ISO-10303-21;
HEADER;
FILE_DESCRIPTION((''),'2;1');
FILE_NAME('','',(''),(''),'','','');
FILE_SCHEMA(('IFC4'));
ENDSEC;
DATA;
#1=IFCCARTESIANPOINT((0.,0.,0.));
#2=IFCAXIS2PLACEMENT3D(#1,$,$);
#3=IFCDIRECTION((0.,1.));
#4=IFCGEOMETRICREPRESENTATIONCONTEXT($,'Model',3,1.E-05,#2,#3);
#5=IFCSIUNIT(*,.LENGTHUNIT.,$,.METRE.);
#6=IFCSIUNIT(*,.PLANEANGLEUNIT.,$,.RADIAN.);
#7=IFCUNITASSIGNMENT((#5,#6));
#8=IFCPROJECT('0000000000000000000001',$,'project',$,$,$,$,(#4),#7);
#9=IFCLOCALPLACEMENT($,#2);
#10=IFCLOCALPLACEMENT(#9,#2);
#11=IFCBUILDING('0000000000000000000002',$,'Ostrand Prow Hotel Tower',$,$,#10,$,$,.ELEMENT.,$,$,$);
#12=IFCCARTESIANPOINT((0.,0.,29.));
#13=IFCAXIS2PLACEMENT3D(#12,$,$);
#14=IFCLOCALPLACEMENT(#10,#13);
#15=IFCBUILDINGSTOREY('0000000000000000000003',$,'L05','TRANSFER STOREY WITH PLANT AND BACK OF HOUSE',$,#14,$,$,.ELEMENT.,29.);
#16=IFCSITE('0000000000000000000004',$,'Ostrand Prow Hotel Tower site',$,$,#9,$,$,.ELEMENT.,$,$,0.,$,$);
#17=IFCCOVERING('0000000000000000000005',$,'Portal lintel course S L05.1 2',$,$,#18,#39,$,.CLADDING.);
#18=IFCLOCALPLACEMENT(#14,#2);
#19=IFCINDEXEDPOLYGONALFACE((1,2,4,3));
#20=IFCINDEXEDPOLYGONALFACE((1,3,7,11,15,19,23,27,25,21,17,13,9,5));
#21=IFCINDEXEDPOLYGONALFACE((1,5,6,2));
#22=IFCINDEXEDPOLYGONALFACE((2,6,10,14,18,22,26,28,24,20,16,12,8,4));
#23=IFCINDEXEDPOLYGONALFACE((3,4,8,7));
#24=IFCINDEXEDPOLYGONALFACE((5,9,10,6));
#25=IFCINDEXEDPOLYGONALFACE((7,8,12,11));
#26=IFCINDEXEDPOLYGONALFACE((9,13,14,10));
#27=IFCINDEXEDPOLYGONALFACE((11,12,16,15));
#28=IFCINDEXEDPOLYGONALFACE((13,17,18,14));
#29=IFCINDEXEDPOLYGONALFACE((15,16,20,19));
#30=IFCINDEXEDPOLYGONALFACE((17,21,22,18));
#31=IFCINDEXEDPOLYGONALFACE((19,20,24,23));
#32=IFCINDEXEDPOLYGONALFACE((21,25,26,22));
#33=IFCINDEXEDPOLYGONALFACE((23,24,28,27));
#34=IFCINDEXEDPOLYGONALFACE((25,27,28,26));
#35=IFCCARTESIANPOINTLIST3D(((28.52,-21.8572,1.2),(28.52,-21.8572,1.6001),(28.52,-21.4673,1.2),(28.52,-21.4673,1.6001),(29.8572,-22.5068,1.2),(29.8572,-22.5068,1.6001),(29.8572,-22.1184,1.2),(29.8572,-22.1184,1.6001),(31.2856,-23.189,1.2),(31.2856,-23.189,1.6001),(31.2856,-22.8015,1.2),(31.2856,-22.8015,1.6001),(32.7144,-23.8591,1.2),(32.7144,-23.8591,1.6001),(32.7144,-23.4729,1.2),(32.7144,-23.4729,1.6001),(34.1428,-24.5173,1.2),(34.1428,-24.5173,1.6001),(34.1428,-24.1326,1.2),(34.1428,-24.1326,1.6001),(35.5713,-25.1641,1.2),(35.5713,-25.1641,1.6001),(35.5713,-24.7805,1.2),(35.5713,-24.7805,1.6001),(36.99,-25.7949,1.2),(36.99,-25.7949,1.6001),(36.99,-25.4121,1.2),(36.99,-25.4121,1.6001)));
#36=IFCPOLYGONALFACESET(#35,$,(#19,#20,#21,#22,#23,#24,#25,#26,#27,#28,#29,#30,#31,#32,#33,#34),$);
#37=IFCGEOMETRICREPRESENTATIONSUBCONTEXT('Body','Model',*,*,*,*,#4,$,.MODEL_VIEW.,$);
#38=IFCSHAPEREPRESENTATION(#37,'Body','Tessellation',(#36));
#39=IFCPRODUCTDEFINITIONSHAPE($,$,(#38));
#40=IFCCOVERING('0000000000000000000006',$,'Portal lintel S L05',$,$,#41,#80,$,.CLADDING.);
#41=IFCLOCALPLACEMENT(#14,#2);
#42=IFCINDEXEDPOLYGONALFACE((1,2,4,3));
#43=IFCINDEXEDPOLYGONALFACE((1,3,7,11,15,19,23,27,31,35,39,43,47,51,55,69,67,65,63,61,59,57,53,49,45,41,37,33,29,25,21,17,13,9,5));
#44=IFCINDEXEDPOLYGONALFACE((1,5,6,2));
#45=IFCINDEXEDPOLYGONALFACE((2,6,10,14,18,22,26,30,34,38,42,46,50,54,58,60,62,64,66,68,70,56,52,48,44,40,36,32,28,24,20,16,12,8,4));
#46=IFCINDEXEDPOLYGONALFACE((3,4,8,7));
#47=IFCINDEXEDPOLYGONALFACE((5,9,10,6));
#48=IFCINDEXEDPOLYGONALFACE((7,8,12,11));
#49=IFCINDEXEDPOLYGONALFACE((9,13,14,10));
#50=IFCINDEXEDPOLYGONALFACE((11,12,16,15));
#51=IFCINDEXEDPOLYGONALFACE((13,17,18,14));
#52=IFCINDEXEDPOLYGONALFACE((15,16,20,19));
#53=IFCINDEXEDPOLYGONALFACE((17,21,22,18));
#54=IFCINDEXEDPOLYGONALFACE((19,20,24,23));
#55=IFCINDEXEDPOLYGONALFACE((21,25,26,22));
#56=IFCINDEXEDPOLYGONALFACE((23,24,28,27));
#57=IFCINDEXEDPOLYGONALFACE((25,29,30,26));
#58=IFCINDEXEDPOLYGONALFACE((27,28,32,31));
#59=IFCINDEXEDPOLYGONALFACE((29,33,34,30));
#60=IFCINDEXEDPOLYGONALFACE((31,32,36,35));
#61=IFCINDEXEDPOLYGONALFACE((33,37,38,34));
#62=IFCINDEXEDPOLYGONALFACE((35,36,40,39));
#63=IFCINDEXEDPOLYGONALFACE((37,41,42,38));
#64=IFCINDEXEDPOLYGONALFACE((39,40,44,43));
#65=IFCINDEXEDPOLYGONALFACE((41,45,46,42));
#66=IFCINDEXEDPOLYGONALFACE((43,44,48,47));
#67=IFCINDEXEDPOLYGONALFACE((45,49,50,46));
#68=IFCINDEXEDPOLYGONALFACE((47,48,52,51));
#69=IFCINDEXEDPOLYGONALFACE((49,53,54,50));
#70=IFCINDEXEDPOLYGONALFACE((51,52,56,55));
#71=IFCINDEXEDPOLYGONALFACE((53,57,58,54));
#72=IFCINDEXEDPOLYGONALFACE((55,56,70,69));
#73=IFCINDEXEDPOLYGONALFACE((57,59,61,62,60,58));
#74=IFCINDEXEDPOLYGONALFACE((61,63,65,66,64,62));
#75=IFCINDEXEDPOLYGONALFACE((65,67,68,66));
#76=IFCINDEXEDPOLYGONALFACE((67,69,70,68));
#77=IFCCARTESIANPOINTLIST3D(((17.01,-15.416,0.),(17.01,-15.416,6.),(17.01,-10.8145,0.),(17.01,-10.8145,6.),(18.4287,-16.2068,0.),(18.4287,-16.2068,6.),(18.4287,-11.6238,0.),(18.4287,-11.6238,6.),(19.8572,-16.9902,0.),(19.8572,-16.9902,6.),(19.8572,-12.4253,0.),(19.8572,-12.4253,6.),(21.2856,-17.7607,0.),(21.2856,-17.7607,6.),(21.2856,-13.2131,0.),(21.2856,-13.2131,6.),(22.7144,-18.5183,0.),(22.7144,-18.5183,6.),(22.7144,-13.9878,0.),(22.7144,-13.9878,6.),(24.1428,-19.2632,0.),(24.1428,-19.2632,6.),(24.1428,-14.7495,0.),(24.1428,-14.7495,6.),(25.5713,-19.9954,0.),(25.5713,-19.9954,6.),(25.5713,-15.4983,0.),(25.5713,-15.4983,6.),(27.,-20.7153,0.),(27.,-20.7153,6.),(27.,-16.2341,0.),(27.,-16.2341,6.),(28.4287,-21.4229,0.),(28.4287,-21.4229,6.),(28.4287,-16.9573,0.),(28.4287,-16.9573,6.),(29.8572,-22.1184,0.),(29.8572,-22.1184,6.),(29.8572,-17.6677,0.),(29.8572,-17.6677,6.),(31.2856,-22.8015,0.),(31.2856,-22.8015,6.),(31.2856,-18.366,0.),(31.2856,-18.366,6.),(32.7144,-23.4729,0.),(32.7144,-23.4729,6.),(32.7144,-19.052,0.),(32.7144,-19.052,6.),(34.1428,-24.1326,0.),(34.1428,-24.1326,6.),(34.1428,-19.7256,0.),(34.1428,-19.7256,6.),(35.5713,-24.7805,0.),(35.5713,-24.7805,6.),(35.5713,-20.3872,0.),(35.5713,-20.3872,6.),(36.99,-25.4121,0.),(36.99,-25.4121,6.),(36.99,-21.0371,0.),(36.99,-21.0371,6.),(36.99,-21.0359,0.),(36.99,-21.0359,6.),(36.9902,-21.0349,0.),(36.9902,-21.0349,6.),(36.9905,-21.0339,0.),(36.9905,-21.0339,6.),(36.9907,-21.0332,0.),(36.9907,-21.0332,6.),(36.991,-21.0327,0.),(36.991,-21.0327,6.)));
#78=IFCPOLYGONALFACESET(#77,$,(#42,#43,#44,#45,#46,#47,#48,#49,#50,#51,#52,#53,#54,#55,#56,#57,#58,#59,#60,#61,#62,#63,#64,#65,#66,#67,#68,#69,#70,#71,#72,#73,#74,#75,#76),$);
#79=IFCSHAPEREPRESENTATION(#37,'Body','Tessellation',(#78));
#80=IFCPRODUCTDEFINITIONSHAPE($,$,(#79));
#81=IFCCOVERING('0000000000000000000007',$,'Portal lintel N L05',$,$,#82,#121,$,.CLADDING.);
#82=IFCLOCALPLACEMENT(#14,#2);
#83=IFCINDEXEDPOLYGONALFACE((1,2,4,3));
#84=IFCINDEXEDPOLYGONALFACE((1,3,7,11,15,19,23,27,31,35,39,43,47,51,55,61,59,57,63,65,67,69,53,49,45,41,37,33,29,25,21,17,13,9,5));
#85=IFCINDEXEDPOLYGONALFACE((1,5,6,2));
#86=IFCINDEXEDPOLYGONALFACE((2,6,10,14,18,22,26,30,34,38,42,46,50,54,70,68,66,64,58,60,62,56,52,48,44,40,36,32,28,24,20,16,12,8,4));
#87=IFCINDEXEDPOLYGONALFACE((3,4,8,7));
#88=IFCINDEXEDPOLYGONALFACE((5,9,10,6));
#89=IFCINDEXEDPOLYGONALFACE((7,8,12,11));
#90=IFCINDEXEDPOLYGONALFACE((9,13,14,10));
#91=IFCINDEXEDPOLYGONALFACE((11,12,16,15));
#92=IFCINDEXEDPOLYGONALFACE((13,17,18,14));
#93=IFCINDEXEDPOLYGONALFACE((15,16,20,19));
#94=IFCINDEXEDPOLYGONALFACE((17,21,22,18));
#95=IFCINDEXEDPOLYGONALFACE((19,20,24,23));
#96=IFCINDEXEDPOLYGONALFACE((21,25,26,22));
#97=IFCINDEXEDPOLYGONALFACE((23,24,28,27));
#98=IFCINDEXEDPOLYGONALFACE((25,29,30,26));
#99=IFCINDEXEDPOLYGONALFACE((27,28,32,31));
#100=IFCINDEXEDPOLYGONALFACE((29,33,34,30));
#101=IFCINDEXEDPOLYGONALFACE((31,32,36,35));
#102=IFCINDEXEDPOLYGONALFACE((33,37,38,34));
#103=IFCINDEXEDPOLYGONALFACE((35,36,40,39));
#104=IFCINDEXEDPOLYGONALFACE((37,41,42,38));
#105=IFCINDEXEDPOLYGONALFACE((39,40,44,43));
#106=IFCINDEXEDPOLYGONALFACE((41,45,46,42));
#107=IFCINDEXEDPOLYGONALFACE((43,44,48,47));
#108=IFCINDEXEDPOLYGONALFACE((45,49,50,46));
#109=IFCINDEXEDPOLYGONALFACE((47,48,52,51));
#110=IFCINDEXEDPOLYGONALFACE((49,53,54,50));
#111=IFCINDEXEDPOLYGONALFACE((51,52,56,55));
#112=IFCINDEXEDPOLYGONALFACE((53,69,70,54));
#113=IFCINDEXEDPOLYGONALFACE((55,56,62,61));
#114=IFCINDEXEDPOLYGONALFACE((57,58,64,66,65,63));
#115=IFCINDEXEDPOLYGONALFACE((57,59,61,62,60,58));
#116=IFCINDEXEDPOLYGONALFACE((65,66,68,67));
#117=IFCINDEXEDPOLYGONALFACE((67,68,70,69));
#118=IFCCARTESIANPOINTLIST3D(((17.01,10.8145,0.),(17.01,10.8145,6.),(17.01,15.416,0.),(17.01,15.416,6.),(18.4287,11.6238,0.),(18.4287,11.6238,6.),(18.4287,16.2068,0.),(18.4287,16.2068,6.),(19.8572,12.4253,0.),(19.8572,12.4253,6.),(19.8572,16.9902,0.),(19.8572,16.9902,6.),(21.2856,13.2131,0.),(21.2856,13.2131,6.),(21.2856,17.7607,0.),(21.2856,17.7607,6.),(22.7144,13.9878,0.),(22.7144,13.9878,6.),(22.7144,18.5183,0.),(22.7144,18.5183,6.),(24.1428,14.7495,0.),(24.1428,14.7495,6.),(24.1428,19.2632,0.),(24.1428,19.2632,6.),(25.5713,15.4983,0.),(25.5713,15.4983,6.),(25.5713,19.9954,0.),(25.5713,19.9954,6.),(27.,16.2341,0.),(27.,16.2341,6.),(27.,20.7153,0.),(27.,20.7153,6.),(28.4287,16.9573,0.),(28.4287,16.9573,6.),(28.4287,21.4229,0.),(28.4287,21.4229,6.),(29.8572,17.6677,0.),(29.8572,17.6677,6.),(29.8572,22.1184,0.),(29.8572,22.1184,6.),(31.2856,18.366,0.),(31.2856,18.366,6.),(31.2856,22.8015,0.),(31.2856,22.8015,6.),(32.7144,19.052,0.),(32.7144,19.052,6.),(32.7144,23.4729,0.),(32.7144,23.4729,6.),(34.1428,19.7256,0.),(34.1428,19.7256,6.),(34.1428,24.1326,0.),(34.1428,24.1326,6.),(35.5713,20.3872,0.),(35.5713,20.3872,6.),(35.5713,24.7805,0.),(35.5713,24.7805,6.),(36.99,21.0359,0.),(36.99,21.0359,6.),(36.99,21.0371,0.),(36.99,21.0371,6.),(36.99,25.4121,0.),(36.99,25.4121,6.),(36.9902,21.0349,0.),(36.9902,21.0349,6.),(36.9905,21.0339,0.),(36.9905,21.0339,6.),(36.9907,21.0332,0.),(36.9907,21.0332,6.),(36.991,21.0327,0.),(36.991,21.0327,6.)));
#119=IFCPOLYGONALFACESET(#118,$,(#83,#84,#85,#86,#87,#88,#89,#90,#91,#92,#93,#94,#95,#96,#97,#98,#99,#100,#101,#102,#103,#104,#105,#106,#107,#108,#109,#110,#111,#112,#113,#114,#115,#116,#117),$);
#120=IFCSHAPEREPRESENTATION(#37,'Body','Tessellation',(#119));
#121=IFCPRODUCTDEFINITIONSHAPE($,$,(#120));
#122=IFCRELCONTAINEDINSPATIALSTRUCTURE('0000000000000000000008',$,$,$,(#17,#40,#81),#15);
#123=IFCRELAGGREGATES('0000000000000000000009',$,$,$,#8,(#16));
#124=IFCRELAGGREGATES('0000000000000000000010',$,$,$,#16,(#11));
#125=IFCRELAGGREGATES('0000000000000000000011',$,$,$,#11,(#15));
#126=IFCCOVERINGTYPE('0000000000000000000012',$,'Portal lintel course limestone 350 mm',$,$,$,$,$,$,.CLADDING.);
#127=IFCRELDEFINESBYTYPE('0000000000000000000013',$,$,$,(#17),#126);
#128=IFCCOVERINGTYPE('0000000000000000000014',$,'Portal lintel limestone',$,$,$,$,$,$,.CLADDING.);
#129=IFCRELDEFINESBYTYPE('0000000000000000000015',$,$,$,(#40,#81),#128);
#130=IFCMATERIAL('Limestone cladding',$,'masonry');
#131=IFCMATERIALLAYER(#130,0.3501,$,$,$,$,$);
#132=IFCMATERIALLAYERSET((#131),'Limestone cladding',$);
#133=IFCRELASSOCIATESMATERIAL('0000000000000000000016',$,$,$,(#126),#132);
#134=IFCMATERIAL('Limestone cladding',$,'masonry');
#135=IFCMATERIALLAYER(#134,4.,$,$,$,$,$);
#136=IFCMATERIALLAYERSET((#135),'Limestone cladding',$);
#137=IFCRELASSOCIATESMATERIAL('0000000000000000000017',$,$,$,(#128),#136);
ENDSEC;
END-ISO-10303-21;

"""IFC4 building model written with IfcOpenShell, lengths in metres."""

from ifc_helpers import new_model, si_unit, direction, frame, origin, place, context, subcontext, project, spatial, polyline, outline, extrude, material, layer, layer_set, type_object, element, save


model = new_model("IFC4")

# Units and contexts
model_context = context("Model", 3, precision=1e-05, world=origin(), true_north=direction((0.0, 1.0)))
body_context = subcontext(model_context, "Body", "Model", "MODEL_VIEW")
ifc_project = project(units=[si_unit("LENGTHUNIT", "METRE"), si_unit("PLANEANGLEUNIT", "RADIAN")], contexts=[model_context])

# Site, building, storey
site_placement = place(None, origin())
site = spatial("IfcSite", under=ifc_project, at=site_placement, Name="Ostrand Prow Hotel Tower site", CompositionType="ELEMENT", RefElevation=0.0)
building_placement = place(site_placement, origin())
building = spatial("IfcBuilding", under=site, at=building_placement, Name="Ostrand Prow Hotel Tower", CompositionType="ELEMENT")
storey_placement = place(building_placement, frame((0.0, 0.0, 29.0)))
storey = spatial("IfcBuildingStorey", under=building, at=storey_placement, Name="L05", Description="TRANSFER STOREY WITH PLANT AND BACK OF HOUSE", CompositionType="ELEMENT", Elevation=29.0)

# Coverings
ifc_material_1 = material(Name="Limestone cladding", Category="masonry")
ifc_layer_1 = layer(ifc_material_1, 0.3501)
ifc_layer_set_1 = layer_set([ifc_layer_1], Name="Limestone cladding")
covering_type_1 = type_object("IfcCoveringType", Name="Portal lintel course limestone 350 mm", PredefinedType="CLADDING", material=ifc_layer_set_1)
covering_1_placement = place(storey_placement, frame((0.0, 0.0, 1.2)))
element("IfcCovering", 1, at=covering_1_placement, inside=storey, type_object=covering_type_1, Name="Portal lintel course S L05.1 2", PredefinedType="CLADDING", context=body_context, shape_type="SweptSolid", body=[
    extrude(outline(polyline([(34.1428, -24.5173), (35.5713, -25.1641), (36.99, -25.7949), (36.99, -25.4121), (35.5713, -24.7805), (34.1428, -24.1326), (32.7144, -23.4729), (31.2856, -22.8015), (29.8572, -22.1184), (28.52, -21.4673), (28.52, -21.8572), (29.8572, -22.5068), (31.2856, -23.189), (32.7144, -23.8591), (34.1428, -24.5173)])), origin(), (0.0, 0.0, 1.0), 0.4001),
])
ifc_material_2 = material(Name="Limestone cladding", Category="masonry")
ifc_layer_2 = layer(ifc_material_2, 4.0)
ifc_layer_set_2 = layer_set([ifc_layer_2], Name="Limestone cladding")
covering_type_2 = type_object("IfcCoveringType", Name="Portal lintel limestone", PredefinedType="CLADDING", material=ifc_layer_set_2)
covering_2_placement = place(storey_placement, origin())
element("IfcCovering", 2, at=covering_2_placement, inside=storey, type_object=covering_type_2, Name="Portal lintel S L05", PredefinedType="CLADDING", context=body_context, shape_type="SweptSolid", body=[
    extrude(outline(polyline([(18.4287, -11.6238), (17.01, -10.8145), (17.01, -15.416), (18.4287, -16.2068), (19.8572, -16.9902), (21.2856, -17.7607), (22.7144, -18.5183), (24.1428, -19.2632), (25.5713, -19.9954), (27.0, -20.7153), (28.4287, -21.4229), (29.8572, -22.1184), (31.2856, -22.8015), (32.7144, -23.4729), (34.1428, -24.1326), (35.5713, -24.7805), (36.99, -25.4121), (36.99, -21.0371), (36.99, -21.0359), (36.9902, -21.0349), (36.9905, -21.0339), (36.9907, -21.0332), (36.991, -21.0327), (35.5713, -20.3872), (34.1428, -19.7256), (32.7144, -19.052), (31.2856, -18.366), (29.8572, -17.6677), (28.4287, -16.9573), (27.0, -16.2341), (25.5713, -15.4983), (24.1428, -14.7495), (22.7144, -13.9878), (21.2856, -13.2131), (19.8572, -12.4253), (18.4287, -11.6238)])), origin(), (0.0, 0.0, 1.0), 6.0),
])
covering_3_placement = place(storey_placement, origin())
element("IfcCovering", 3, at=covering_3_placement, inside=storey, type_object=covering_type_2, Name="Portal lintel N L05", PredefinedType="CLADDING", context=body_context, shape_type="SweptSolid", body=[
    extrude(outline(polyline([(18.4287, 16.2068), (17.01, 15.416), (17.01, 10.8145), (18.4287, 11.6238), (19.8572, 12.4253), (21.2856, 13.2131), (22.7144, 13.9878), (24.1428, 14.7495), (25.5713, 15.4983), (27.0, 16.2341), (28.4287, 16.9573), (29.8572, 17.6677), (31.2856, 18.366), (32.7144, 19.052), (34.1428, 19.7256), (35.5713, 20.3872), (36.991, 21.0327), (36.9907, 21.0332), (36.9905, 21.0339), (36.9902, 21.0349), (36.99, 21.0359), (36.99, 21.0371), (36.99, 25.4121), (35.5713, 24.7805), (34.1428, 24.1326), (32.7144, 23.4729), (31.2856, 22.8015), (29.8572, 22.1184), (28.4287, 21.4229), (27.0, 20.7153), (25.5713, 19.9954), (24.1428, 19.2632), (22.7144, 18.5183), (21.2856, 17.7607), (19.8572, 16.9902), (18.4287, 16.2068)])), origin(), (0.0, 0.0, 1.0), 6.0),
])

save(model, "model.ifc")
